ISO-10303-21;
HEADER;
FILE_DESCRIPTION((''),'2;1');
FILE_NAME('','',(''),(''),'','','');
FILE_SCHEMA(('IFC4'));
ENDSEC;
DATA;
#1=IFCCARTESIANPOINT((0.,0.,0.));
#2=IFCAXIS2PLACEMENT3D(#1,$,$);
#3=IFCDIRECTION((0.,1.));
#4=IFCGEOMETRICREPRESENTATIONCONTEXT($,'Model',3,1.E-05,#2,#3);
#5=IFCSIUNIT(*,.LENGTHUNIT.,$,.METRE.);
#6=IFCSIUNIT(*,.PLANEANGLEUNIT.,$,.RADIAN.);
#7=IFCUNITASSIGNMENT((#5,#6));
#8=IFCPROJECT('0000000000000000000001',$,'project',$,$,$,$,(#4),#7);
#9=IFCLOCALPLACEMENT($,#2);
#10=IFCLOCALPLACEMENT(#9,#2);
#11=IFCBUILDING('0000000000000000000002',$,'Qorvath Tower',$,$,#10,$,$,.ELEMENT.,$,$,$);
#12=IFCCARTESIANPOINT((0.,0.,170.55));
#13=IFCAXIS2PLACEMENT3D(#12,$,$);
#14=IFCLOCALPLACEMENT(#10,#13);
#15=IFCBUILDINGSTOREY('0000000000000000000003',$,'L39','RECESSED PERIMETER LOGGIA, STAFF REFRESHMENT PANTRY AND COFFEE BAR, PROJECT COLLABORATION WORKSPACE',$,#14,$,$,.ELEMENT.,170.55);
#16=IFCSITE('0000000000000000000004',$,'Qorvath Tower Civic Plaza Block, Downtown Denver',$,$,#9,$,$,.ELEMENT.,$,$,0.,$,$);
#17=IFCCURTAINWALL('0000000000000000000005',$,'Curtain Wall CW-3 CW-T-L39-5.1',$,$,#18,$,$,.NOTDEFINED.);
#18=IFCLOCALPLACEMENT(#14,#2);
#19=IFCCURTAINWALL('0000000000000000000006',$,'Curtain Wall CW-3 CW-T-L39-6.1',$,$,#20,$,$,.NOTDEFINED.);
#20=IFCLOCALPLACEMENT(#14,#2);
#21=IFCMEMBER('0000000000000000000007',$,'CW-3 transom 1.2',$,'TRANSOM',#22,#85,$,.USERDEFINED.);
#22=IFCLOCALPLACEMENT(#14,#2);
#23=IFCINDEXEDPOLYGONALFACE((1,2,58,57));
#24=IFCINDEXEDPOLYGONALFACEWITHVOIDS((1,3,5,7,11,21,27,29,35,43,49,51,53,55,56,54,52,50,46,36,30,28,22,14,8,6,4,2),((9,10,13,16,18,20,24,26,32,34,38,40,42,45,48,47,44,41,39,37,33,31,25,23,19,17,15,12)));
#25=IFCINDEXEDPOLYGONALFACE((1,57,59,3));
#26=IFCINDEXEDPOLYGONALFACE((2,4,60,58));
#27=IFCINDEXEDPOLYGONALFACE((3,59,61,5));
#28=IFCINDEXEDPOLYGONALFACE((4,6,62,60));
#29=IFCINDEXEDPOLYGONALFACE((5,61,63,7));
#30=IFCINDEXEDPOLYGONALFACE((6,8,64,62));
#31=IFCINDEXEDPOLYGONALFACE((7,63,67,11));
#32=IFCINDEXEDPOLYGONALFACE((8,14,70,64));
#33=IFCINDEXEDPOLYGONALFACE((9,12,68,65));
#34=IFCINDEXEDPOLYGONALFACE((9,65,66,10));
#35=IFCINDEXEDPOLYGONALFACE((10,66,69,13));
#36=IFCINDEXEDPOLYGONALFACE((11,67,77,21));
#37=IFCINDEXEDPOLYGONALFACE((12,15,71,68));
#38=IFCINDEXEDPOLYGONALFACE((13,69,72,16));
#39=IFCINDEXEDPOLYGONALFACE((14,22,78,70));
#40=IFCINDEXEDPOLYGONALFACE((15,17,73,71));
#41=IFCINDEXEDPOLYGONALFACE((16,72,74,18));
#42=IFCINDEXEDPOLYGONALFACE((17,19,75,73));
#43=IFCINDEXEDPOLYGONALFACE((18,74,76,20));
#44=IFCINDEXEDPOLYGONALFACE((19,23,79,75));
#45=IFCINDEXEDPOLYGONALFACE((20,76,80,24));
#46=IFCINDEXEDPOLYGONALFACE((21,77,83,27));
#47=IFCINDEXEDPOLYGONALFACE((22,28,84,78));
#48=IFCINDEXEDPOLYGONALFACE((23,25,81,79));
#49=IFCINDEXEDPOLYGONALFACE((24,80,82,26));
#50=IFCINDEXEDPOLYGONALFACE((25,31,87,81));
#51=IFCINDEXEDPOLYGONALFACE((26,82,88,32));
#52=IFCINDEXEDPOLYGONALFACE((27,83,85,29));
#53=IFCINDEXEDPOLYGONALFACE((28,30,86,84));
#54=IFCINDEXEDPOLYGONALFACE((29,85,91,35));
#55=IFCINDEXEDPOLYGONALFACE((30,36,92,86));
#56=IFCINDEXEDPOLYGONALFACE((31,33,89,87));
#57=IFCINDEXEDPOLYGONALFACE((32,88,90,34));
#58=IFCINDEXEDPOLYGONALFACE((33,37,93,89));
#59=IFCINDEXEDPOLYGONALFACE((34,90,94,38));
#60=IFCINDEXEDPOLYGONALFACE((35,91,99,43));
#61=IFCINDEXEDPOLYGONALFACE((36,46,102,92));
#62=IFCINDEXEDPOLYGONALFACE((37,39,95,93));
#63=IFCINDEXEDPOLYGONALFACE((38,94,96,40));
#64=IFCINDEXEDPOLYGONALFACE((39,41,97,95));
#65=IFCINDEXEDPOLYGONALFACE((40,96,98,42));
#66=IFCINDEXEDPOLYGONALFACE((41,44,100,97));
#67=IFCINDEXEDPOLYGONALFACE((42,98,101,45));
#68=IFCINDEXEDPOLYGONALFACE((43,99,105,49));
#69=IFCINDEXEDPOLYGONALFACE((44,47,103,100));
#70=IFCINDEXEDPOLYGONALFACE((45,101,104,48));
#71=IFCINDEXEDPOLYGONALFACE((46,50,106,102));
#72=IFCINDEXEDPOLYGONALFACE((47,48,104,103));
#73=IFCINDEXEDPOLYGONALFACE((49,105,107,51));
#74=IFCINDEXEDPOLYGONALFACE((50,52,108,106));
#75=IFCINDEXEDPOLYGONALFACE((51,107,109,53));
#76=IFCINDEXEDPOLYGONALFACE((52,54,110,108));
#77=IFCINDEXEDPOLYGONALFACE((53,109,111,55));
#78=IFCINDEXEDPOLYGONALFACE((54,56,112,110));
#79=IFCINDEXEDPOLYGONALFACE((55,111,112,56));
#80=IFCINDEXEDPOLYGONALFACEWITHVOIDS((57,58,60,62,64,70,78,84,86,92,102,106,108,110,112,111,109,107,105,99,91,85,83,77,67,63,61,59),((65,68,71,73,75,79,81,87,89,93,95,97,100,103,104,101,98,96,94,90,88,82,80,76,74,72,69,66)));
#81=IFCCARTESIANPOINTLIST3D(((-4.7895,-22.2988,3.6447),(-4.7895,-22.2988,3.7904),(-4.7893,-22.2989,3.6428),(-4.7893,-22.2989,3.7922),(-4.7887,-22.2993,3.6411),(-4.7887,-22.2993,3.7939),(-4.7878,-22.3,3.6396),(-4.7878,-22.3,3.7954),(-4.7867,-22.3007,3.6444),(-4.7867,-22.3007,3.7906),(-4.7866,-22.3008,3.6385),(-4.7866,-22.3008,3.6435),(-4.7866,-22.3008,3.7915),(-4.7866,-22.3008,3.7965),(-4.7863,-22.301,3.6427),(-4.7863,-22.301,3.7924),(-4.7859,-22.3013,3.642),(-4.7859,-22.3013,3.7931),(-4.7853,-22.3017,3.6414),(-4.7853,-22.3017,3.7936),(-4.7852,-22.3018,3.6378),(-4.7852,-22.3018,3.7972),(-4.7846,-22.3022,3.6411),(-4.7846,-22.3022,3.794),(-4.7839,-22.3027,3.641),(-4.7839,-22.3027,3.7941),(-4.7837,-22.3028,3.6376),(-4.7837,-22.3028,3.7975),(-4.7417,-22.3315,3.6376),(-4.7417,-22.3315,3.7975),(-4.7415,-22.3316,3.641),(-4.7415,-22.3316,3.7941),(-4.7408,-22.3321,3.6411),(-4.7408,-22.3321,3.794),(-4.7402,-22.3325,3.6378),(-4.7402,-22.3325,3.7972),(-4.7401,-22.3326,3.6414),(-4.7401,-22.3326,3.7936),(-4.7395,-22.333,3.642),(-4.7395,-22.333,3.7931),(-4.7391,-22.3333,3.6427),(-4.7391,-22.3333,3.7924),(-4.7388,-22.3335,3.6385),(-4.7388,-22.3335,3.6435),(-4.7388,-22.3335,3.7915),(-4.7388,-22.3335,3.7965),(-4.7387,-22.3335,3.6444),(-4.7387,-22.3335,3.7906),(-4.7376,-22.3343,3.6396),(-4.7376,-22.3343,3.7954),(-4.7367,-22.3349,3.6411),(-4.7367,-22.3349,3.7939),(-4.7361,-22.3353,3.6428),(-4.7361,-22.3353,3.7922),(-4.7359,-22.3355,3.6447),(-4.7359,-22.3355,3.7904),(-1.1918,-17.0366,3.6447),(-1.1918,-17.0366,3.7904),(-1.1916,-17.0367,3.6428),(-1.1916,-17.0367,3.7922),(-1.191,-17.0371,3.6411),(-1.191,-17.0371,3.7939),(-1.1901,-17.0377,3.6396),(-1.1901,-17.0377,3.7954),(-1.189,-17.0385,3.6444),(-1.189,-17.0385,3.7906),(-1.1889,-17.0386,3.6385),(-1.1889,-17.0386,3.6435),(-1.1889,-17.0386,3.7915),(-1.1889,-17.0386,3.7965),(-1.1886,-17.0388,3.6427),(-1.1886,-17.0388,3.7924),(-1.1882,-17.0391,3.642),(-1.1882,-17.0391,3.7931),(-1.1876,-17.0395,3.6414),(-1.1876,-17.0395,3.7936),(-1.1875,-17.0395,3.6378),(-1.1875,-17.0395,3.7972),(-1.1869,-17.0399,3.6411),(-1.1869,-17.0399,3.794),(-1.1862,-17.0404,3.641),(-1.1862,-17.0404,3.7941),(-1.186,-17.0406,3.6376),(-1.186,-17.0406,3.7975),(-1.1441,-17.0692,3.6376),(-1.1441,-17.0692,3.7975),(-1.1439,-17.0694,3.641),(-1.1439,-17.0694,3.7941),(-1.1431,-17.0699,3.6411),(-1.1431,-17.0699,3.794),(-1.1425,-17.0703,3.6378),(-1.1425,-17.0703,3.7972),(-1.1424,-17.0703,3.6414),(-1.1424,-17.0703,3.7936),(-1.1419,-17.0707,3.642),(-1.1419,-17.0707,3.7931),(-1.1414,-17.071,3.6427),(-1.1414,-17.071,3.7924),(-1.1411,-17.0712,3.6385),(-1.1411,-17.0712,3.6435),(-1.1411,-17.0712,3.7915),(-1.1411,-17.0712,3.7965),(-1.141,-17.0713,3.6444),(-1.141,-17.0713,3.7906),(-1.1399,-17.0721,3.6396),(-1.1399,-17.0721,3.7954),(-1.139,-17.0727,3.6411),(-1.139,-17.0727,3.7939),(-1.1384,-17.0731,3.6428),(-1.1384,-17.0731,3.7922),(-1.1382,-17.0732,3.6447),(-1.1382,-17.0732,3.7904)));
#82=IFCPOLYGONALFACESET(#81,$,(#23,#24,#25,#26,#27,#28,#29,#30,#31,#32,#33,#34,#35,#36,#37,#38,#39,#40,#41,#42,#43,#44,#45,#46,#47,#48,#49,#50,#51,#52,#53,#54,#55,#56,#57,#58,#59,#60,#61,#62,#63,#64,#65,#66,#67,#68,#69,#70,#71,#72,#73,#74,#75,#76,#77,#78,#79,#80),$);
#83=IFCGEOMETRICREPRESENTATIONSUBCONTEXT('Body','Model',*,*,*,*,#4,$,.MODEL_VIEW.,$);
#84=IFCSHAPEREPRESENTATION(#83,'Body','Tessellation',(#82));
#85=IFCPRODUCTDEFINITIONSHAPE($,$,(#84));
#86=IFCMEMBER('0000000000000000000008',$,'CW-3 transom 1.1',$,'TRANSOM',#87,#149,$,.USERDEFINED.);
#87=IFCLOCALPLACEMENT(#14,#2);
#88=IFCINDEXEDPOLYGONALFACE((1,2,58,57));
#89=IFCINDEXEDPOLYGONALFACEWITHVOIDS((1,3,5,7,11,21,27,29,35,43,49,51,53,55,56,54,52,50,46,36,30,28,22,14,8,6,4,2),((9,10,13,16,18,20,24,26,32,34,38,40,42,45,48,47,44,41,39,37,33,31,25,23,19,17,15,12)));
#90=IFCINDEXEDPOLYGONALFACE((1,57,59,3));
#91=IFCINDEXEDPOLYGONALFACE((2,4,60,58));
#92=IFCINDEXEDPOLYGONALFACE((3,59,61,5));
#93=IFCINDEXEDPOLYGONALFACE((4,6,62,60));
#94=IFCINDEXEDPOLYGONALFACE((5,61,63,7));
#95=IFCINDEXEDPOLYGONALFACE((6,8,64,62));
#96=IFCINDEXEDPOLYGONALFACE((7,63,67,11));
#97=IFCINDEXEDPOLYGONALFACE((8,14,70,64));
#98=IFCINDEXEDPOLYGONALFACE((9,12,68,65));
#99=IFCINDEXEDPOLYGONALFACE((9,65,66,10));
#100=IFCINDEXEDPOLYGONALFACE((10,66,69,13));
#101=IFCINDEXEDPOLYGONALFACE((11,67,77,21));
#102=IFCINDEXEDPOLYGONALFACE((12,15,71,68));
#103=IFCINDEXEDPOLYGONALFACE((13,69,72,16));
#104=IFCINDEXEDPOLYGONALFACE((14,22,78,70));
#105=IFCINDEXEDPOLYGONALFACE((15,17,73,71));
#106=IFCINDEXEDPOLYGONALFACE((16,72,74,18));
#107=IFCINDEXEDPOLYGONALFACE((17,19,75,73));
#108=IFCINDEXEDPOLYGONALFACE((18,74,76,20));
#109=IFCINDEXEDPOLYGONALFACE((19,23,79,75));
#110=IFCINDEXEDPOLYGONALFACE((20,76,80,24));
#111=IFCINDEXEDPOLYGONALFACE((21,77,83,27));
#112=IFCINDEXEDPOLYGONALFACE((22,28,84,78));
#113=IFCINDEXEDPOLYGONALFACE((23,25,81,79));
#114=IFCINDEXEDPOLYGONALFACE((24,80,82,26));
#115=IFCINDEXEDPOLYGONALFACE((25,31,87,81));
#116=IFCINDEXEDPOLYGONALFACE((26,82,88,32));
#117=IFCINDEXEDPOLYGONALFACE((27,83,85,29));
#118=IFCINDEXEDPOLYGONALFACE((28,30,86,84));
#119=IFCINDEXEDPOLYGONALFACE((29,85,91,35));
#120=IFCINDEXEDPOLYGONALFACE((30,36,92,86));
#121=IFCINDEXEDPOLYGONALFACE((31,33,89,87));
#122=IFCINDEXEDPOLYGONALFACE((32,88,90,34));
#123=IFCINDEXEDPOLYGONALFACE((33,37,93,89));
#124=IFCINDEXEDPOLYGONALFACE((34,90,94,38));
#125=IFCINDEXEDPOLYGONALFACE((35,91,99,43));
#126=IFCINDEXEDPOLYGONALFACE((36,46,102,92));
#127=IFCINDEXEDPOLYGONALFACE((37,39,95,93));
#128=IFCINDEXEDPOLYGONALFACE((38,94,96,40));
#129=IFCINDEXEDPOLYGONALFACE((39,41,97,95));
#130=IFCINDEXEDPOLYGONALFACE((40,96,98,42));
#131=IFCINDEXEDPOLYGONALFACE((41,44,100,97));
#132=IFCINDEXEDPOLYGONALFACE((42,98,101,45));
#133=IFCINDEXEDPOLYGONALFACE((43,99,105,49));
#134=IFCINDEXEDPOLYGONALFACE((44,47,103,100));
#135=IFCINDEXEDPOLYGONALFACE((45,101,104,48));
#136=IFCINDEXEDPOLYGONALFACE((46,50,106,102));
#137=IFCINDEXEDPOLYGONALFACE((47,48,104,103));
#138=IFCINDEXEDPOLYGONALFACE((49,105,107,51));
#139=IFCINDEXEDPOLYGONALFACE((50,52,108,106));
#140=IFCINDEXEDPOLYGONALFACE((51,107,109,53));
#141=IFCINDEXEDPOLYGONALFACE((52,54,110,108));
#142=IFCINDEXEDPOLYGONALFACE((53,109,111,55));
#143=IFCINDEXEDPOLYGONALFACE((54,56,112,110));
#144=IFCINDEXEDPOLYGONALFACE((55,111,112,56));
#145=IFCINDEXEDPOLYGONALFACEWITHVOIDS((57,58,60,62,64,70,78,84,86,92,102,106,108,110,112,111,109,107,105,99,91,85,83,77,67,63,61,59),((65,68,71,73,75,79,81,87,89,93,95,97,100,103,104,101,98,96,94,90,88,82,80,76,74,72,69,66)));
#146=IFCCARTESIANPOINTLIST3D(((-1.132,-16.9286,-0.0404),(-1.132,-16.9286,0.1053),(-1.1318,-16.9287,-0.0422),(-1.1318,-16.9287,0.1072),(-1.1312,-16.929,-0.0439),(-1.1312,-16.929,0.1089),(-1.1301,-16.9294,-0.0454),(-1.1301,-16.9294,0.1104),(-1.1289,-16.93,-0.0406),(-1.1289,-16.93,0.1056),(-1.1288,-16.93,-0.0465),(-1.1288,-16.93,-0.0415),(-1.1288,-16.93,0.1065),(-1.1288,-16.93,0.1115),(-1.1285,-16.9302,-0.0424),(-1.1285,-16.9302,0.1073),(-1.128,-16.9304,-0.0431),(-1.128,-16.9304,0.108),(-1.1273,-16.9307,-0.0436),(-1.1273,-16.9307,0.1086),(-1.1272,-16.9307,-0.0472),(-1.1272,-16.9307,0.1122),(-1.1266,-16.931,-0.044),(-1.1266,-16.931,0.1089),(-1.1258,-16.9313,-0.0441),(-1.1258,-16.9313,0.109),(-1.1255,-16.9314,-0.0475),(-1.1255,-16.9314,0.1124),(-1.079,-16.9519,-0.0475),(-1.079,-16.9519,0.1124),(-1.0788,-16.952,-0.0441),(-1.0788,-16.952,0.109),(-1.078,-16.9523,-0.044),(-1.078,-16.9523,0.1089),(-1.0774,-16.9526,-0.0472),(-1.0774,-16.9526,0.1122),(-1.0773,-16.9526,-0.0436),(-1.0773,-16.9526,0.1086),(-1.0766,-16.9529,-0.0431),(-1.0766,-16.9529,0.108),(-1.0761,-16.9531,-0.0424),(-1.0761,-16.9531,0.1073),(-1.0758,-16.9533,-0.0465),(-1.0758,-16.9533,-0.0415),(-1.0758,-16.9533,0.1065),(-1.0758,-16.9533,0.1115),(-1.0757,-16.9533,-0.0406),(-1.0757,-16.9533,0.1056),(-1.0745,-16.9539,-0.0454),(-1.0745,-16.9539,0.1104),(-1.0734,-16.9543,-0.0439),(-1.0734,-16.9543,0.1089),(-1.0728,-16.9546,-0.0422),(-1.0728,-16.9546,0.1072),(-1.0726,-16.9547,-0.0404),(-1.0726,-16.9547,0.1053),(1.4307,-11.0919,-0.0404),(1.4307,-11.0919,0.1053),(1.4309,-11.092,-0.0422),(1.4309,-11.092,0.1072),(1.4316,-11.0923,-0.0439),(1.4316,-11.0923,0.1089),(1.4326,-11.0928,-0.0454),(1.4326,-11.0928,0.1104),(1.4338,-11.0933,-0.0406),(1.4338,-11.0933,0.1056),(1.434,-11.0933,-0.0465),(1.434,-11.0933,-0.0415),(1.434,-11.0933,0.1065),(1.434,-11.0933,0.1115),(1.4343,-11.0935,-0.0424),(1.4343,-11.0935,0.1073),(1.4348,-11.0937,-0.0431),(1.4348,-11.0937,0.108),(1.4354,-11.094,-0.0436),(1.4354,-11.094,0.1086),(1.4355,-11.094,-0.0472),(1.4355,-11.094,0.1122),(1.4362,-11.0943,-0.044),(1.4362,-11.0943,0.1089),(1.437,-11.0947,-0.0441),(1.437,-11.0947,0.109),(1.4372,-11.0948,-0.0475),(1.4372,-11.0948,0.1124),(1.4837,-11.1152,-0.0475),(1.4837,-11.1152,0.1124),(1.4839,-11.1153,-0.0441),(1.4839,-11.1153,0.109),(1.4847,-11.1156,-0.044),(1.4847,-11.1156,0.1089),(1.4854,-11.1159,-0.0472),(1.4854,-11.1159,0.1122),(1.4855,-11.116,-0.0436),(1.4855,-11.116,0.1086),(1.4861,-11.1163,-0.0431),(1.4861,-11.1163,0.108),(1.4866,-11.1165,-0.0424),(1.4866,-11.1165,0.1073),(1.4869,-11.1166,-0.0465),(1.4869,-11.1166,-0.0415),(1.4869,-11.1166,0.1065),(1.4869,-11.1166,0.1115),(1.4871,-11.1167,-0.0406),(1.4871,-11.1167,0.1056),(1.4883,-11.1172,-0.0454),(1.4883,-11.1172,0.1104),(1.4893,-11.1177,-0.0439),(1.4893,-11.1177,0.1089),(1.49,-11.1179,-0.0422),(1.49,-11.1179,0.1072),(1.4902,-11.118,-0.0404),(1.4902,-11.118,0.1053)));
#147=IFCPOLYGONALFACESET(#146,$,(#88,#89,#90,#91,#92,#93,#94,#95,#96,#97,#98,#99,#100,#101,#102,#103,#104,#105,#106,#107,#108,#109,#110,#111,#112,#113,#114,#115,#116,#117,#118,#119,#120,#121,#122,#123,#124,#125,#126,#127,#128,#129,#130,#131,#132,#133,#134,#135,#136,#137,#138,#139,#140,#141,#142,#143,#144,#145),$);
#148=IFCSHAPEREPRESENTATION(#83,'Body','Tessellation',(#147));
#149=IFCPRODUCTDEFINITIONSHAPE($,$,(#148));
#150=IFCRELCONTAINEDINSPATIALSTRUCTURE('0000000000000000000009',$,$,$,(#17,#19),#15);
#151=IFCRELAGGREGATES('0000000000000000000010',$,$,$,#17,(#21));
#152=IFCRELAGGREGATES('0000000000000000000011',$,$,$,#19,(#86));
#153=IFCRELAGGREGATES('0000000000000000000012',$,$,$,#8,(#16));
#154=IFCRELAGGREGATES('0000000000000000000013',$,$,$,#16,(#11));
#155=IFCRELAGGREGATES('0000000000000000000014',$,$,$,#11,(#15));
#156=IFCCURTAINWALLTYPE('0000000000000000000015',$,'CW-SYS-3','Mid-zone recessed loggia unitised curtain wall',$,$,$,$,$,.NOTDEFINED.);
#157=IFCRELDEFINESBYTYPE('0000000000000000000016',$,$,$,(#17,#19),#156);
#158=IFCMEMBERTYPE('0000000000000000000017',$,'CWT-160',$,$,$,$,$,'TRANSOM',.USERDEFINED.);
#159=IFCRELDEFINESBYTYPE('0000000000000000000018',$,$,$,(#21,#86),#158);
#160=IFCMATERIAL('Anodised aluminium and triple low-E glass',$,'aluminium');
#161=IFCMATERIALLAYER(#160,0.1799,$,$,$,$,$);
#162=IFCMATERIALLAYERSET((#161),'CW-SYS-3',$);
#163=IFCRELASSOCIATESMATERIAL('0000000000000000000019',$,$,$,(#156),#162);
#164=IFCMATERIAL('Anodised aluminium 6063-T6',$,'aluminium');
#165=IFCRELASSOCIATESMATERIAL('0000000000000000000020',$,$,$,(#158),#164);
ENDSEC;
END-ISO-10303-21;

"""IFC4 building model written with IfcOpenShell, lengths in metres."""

from ifc_helpers import new_model, si_unit, direction, frame, origin, origin_2d, place, context, subcontext, project, spatial, hollow_rectangle, extrude, material, layer, layer_set, material_profile, profile_set, type_object, element, aggregate, save


model = new_model("IFC4")

# Units and contexts
model_context = context("Model", 3, precision=1e-05, world=origin(), true_north=direction((0.0, 1.0)))
body_context = subcontext(model_context, "Body", "Model", "MODEL_VIEW")
ifc_project = project(units=[si_unit("LENGTHUNIT", "METRE"), si_unit("PLANEANGLEUNIT", "RADIAN")], contexts=[model_context])

# Site, building, storey
site_placement = place(None, origin())
site = spatial("IfcSite", under=ifc_project, at=site_placement, Name="Qorvath Tower Civic Plaza Block, Downtown Denver", CompositionType="ELEMENT", RefElevation=0.0)
building_placement = place(site_placement, origin())
building = spatial("IfcBuilding", under=site, at=building_placement, Name="Qorvath Tower", CompositionType="ELEMENT")
storey_placement = place(building_placement, frame((0.0, 0.0, 170.55)))
storey = spatial("IfcBuildingStorey", under=building, at=storey_placement, Name="L39", Description="RECESSED PERIMETER LOGGIA, STAFF REFRESHMENT PANTRY AND COFFEE BAR, PROJECT COLLABORATION WORKSPACE", CompositionType="ELEMENT", Elevation=170.55)

# Curtain walls
ifc_material_1 = material(Name="Anodised aluminium and triple low-E glass", Category="aluminium")
ifc_layer_1 = layer(ifc_material_1, 0.1799)
ifc_layer_set_1 = layer_set([ifc_layer_1], Name="CW-SYS-3")
curtain_wall_type = type_object("IfcCurtainWallType", Name="CW-SYS-3", Description="Mid-zone recessed loggia unitised curtain wall", PredefinedType="NOTDEFINED", material=ifc_layer_set_1)
curtain_wall_1_placement = place(storey_placement, origin())
curtain_wall_1 = element("IfcCurtainWall", 1, at=curtain_wall_1_placement, inside=storey, type_object=curtain_wall_type, Name="Curtain Wall CW-3 CW-T-L39-5.1", PredefinedType="NOTDEFINED")
curtain_wall_2_placement = place(storey_placement, origin())
curtain_wall_2 = element("IfcCurtainWall", 2, at=curtain_wall_2_placement, inside=storey, type_object=curtain_wall_type, Name="Curtain Wall CW-3 CW-T-L39-6.1", PredefinedType="NOTDEFINED")

# Members
ifc_material_2 = material(Name="Anodised aluminium 6063-T6", Category="aluminium")
ifc_material_profile_1 = material_profile(ifc_material_2, hollow_rectangle(XDim=0.0649, YDim=0.1599, WallThickness=0.0034, InnerFilletRadius=0.0034, OuterFilletRadius=0.0071, at=origin_2d()), Name="CWT 160x65")
ifc_profile_set_1 = profile_set([ifc_material_profile_1], Name="Anodised aluminium 6063-T6")
member_type_1 = type_object("IfcMemberType", Name="CWT-160", ElementType="TRANSOM", PredefinedType="USERDEFINED", material=ifc_profile_set_1)
member_1_placement = place(storey_placement, frame((-4.7627, -22.3171, 3.7175), z_axis=(0.564385, 0.825512, 0.0), x_axis=(-0.825512, 0.564385, 0.0)))
member_1 = element("IfcMember", 3, at=member_1_placement, type_object=member_type_1, Name="CW-3 transom 1.2", ObjectType="TRANSOM", PredefinedType="USERDEFINED", context=body_context, shape_type="SweptSolid", body=[
    extrude(hollow_rectangle(XDim=0.0649, YDim=0.1599, WallThickness=0.0034, InnerFilletRadius=0.0034, OuterFilletRadius=0.0071, at=origin_2d()), origin(), (0.0, 0.0, 1.0), 6.3745),
])
member_2_placement = place(storey_placement, frame((-1.1023, -16.9417, 0.0325), z_axis=(0.40203, 0.915626, 0.0), x_axis=(-0.915626, 0.40203, 0.0)))
member_2 = element("IfcMember", 4, at=member_2_placement, type_object=member_type_1, Name="CW-3 transom 1.1", ObjectType="TRANSOM", PredefinedType="USERDEFINED", context=body_context, shape_type="SweptSolid", body=[
    extrude(hollow_rectangle(XDim=0.0649, YDim=0.1599, WallThickness=0.0034, InnerFilletRadius=0.0034, OuterFilletRadius=0.0071, at=origin_2d()), origin(), (0.0, 0.0, 1.0), 6.3745),
])

aggregate(curtain_wall_1, [member_1])
aggregate(curtain_wall_2, [member_2])

save(model, "model.ifc")
